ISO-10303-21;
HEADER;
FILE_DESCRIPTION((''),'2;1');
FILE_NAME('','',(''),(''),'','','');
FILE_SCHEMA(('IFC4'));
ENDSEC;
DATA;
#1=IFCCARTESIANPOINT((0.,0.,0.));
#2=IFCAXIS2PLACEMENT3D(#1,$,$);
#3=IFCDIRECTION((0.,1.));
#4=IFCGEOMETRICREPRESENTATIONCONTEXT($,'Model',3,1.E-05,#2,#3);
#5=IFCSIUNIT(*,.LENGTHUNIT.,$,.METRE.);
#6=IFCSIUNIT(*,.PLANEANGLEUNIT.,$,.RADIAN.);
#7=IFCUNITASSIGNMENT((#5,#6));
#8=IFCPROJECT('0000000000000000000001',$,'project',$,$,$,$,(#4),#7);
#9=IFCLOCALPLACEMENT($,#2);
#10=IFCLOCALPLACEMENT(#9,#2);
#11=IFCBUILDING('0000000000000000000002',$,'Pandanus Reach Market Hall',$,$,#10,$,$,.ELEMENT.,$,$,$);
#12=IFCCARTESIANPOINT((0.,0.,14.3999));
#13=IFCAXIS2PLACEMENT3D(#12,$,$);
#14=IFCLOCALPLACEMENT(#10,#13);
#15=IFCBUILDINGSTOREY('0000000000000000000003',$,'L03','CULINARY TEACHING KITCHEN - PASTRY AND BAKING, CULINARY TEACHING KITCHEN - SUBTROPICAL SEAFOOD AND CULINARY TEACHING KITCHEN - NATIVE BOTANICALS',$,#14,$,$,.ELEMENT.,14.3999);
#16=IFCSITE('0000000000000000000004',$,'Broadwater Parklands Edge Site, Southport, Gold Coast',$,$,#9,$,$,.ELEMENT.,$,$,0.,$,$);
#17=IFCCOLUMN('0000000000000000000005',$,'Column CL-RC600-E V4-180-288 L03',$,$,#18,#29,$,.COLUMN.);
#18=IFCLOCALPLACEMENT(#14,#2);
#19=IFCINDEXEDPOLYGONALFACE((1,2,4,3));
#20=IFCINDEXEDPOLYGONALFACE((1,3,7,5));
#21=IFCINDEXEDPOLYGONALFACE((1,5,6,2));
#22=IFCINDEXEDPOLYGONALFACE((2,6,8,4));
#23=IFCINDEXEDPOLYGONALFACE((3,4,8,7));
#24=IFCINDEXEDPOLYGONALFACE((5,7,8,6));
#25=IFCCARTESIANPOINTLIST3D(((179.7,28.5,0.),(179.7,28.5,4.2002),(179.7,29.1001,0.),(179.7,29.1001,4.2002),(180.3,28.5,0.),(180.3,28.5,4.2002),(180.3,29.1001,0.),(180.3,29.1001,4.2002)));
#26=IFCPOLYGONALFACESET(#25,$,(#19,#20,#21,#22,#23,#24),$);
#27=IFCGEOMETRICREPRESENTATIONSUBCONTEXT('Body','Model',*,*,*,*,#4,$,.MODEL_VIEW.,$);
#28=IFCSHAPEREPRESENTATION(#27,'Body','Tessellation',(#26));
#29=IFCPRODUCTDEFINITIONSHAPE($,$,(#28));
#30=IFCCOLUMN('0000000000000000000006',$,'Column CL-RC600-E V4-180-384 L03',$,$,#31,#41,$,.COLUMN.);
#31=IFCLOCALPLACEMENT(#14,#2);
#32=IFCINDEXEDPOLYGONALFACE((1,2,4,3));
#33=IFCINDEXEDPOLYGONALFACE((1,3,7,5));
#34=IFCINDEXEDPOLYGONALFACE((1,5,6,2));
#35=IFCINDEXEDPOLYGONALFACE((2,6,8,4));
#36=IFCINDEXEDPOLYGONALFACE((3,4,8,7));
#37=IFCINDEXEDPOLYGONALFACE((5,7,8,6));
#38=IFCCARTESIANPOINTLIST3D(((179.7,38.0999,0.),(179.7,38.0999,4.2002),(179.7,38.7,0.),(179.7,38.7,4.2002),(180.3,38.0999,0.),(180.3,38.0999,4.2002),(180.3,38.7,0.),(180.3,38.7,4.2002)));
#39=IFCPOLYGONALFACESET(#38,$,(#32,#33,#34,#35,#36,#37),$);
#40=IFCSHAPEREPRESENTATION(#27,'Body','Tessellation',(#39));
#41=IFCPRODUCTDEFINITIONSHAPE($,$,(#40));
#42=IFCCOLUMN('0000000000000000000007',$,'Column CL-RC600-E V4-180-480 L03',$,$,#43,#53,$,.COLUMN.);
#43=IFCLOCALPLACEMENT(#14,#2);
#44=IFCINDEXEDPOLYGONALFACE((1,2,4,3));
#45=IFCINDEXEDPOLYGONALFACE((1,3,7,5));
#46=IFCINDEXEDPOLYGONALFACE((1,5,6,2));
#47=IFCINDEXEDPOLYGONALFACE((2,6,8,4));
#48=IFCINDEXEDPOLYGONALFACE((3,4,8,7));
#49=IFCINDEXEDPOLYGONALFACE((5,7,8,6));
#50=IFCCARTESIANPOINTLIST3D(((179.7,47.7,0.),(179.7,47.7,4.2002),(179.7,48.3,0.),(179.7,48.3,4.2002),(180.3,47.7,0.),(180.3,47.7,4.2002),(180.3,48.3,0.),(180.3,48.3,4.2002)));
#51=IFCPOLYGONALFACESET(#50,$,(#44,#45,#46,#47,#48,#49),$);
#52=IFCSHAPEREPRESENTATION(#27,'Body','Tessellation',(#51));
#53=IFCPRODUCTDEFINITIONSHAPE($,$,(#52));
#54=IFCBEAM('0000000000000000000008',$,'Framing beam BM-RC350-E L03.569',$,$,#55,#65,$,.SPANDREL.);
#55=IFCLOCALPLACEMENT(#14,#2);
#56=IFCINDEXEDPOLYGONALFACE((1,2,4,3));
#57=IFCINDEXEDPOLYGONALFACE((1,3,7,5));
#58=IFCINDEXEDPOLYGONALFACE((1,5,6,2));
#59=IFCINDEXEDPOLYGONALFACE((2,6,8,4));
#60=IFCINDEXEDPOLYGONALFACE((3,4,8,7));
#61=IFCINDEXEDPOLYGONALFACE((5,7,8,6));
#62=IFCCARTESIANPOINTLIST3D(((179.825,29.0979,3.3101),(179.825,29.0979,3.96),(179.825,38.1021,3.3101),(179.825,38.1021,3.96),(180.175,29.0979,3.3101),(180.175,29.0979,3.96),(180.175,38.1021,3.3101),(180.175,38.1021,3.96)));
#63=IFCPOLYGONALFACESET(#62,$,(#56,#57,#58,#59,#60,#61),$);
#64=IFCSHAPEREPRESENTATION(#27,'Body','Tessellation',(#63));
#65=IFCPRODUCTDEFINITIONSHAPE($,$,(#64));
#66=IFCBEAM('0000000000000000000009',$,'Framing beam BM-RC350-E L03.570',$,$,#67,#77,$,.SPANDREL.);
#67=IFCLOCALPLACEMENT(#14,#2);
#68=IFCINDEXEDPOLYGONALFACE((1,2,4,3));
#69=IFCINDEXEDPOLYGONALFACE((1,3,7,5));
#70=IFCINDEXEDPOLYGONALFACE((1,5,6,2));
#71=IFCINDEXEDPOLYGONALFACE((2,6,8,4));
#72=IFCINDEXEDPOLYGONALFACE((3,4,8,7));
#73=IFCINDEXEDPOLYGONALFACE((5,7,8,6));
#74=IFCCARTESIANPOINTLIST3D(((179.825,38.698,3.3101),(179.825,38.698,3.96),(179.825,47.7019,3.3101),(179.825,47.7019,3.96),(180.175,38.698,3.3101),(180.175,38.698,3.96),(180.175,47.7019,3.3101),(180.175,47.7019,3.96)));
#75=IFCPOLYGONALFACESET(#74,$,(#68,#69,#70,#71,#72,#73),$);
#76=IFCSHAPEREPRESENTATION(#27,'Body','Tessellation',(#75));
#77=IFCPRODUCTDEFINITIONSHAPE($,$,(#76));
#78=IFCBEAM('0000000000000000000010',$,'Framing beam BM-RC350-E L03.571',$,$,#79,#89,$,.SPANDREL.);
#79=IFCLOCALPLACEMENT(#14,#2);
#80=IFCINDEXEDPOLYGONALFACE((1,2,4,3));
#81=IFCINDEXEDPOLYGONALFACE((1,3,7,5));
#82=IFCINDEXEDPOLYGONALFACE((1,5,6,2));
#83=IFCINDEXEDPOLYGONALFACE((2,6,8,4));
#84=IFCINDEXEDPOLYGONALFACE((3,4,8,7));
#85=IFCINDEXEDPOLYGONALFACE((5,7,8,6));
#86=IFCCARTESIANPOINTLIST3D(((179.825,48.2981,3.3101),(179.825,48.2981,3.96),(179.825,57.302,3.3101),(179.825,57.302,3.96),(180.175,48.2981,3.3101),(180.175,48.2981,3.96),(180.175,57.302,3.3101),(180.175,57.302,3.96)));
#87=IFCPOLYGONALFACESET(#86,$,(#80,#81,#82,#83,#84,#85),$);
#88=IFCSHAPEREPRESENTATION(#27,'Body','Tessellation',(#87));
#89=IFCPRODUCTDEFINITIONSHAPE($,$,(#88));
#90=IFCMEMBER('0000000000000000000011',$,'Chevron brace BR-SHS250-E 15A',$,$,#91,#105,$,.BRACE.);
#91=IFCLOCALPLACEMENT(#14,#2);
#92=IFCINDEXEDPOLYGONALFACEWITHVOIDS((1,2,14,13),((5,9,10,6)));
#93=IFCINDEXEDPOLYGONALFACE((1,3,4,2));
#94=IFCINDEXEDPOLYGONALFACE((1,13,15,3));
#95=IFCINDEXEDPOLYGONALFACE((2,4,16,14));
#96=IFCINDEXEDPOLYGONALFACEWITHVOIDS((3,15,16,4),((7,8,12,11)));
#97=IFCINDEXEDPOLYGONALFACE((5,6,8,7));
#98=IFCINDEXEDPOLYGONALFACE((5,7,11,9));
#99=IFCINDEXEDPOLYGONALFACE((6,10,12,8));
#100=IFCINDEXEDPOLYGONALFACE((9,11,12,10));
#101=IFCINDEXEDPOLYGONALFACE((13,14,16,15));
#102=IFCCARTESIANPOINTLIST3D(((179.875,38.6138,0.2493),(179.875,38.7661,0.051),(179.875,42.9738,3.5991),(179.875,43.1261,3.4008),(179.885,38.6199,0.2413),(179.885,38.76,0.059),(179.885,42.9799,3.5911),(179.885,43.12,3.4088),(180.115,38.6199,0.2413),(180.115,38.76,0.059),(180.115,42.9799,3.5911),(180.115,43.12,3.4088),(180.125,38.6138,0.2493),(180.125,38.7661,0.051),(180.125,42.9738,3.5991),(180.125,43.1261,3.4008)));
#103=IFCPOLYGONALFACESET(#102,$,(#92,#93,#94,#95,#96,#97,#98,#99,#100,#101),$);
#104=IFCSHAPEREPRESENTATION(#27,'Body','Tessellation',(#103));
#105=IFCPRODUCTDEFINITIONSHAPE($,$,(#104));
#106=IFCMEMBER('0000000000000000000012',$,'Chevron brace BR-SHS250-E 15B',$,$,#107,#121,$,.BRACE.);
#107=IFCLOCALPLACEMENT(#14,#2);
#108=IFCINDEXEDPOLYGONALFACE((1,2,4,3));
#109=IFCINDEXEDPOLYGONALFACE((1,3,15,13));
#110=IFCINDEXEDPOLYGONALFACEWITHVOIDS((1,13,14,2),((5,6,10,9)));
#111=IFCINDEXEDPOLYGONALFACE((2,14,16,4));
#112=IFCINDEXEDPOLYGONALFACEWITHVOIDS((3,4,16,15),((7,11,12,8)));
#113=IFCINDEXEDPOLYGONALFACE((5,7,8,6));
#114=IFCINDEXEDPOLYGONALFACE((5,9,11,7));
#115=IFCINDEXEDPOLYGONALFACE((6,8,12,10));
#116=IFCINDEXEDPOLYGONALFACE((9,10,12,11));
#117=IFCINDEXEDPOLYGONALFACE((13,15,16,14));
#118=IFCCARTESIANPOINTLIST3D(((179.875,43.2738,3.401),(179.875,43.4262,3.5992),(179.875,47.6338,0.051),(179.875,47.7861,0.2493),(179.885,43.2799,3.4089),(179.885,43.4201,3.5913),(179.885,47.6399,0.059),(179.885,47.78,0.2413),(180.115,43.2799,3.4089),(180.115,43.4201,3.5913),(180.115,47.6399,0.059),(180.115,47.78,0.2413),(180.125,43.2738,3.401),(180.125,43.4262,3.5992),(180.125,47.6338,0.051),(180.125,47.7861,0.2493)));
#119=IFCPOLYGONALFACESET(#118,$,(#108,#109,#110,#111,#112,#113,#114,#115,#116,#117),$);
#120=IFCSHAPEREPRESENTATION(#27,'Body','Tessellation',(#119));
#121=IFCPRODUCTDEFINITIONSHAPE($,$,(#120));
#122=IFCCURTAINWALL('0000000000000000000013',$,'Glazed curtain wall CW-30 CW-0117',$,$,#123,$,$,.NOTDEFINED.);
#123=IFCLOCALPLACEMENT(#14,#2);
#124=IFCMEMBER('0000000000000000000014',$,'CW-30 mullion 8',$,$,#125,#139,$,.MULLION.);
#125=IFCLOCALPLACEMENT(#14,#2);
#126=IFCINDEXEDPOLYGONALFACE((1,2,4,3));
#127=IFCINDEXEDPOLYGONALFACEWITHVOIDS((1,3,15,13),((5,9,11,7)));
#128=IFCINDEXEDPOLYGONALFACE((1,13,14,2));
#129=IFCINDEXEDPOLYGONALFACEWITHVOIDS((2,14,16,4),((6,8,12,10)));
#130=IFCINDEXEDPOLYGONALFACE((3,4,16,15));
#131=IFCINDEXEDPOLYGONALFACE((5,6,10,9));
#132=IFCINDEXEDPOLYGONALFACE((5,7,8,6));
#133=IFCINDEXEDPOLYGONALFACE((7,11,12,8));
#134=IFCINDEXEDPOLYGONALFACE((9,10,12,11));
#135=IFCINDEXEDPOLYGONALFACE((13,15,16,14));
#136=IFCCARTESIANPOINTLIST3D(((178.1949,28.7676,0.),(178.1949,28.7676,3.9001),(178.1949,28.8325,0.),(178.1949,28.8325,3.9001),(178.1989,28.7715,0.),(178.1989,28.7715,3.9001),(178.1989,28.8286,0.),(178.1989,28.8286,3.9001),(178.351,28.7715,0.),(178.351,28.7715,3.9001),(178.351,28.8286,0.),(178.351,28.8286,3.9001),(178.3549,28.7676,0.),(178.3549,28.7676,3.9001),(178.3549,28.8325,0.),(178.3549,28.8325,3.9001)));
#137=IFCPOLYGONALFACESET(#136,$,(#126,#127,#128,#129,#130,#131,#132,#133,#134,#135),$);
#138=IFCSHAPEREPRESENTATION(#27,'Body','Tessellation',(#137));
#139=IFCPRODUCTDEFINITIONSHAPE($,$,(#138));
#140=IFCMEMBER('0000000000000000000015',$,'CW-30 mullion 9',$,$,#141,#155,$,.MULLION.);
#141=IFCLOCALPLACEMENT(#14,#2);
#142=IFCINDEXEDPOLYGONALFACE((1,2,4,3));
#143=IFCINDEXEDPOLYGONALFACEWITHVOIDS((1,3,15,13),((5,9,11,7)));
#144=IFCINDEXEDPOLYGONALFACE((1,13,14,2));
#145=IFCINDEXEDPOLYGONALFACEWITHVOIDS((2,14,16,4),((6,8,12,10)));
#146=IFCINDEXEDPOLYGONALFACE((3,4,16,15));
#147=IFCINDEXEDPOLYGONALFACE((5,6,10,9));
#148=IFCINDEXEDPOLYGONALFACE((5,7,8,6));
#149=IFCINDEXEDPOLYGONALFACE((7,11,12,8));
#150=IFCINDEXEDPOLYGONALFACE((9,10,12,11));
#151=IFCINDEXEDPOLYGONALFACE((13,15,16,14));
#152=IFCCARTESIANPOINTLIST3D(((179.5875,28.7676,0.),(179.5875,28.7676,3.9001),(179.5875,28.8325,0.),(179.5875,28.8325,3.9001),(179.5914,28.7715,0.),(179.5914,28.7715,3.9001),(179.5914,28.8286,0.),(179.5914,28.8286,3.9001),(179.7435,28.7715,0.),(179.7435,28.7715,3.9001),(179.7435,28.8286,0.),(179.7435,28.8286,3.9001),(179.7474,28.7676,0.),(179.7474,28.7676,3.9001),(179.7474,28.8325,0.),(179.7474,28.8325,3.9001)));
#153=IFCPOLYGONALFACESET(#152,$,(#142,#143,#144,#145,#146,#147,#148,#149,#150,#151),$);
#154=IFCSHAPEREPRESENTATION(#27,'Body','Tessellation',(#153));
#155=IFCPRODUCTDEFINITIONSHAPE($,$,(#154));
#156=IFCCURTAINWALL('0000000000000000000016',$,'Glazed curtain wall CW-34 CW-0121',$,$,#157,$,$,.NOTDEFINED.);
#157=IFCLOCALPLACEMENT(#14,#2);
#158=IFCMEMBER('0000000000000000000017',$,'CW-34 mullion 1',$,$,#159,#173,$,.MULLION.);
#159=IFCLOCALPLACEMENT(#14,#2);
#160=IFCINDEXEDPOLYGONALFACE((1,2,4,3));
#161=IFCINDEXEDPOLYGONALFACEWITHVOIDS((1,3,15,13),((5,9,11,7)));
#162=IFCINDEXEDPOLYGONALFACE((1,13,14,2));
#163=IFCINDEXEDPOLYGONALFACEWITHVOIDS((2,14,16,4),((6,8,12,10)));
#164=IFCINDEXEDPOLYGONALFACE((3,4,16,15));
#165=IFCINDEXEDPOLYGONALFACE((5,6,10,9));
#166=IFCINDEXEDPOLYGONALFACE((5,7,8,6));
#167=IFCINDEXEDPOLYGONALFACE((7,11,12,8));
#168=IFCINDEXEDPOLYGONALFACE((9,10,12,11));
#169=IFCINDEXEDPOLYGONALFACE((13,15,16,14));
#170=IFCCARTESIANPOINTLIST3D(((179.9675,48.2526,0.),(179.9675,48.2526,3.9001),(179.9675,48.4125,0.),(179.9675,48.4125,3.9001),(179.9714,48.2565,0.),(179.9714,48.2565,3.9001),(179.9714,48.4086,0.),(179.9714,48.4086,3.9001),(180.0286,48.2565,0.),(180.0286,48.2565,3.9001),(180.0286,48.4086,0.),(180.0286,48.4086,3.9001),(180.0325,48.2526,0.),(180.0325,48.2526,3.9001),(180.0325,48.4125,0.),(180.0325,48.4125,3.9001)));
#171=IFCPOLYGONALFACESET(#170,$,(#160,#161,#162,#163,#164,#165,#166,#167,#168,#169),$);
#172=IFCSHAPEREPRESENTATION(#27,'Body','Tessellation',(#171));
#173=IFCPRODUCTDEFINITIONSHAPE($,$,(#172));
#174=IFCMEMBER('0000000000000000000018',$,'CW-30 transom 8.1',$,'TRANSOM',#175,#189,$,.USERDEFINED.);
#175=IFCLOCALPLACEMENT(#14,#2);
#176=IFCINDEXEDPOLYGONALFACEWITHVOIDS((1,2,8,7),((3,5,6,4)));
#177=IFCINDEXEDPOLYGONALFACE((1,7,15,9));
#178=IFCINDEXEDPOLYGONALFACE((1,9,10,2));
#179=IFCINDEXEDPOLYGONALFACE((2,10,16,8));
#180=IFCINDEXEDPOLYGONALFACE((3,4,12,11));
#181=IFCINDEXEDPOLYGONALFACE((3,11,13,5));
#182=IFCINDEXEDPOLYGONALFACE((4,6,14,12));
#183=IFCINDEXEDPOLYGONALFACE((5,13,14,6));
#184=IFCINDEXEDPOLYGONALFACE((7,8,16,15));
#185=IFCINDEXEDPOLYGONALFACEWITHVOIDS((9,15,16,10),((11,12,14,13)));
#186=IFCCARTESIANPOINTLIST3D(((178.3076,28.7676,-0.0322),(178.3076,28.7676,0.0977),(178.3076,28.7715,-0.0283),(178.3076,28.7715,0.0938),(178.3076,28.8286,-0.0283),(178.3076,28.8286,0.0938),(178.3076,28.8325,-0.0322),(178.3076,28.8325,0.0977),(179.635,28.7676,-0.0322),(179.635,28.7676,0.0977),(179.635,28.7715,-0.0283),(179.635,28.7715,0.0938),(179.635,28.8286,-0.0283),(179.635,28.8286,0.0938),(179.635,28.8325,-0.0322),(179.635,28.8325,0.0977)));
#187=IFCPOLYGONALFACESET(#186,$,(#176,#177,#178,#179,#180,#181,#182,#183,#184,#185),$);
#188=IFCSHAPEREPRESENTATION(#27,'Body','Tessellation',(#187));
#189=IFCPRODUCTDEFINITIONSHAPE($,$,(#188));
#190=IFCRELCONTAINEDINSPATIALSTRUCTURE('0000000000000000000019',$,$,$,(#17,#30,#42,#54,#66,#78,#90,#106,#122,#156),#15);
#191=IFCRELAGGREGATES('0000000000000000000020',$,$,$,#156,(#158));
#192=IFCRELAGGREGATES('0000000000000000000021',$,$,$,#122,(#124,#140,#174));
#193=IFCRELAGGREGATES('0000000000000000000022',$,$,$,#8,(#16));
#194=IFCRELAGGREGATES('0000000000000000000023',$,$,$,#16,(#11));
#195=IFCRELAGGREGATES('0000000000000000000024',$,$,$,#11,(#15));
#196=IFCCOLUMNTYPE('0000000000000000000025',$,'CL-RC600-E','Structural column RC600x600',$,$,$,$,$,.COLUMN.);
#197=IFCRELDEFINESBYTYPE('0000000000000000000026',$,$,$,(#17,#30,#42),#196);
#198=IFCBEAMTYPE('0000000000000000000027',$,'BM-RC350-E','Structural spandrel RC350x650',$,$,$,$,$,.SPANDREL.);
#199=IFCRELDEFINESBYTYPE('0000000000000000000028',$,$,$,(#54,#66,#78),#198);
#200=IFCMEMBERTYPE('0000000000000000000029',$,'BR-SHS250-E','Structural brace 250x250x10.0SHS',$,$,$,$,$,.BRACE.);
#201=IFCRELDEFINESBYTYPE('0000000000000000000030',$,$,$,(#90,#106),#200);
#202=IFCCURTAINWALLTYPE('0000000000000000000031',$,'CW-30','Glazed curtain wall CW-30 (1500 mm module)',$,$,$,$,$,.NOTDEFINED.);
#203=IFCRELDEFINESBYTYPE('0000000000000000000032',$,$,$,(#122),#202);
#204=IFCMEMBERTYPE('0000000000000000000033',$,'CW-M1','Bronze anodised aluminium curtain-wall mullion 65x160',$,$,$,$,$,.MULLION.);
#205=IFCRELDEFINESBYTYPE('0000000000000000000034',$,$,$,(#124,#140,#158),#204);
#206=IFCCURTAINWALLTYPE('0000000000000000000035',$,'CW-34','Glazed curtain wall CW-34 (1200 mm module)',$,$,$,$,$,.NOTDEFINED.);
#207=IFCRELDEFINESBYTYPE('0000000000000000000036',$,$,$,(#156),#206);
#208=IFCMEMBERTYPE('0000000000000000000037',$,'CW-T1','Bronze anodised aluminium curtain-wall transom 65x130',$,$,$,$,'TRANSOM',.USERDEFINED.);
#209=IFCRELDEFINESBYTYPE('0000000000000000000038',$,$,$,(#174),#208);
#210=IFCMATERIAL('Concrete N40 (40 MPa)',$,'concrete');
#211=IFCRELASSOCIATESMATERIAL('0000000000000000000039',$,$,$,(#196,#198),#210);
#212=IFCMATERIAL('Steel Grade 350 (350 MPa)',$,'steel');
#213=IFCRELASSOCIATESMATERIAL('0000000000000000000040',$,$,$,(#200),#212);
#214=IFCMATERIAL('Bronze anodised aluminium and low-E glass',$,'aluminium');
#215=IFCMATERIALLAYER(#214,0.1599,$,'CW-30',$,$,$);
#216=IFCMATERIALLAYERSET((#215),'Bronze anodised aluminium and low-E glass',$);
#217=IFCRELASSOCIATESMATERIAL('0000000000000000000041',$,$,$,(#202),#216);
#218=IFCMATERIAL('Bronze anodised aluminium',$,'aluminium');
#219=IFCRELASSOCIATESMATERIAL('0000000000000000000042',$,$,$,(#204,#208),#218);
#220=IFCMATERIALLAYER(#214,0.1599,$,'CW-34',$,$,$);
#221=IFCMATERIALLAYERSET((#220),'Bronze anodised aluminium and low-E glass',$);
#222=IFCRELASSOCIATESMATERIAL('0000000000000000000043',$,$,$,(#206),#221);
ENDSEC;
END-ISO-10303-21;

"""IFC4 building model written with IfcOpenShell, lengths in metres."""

from ifc_helpers import new_model, si_unit, direction, frame, origin, origin_2d, place, context, subcontext, project, spatial, rectangle, hollow_rectangle, extrude, material, layer, layer_set, material_profile, profile_set, type_object, element, aggregate, save


model = new_model("IFC4")

# Units and contexts
model_context = context("Model", 3, precision=1e-05, world=origin(), true_north=direction((0.0, 1.0)))
body_context = subcontext(model_context, "Body", "Model", "MODEL_VIEW")
ifc_project = project(units=[si_unit("LENGTHUNIT", "METRE"), si_unit("PLANEANGLEUNIT", "RADIAN")], contexts=[model_context])

# Site, building, storey
site_placement = place(None, origin())
site = spatial("IfcSite", under=ifc_project, at=site_placement, Name="Broadwater Parklands Edge Site, Southport, Gold Coast", CompositionType="ELEMENT", RefElevation=0.0)
building_placement = place(site_placement, origin())
building = spatial("IfcBuilding", under=site, at=building_placement, Name="Pandanus Reach Market Hall", CompositionType="ELEMENT")
storey_placement = place(building_placement, frame((0.0, 0.0, 14.3999)))
storey = spatial("IfcBuildingStorey", under=building, at=storey_placement, Name="L03", Description="CULINARY TEACHING KITCHEN - PASTRY AND BAKING, CULINARY TEACHING KITCHEN - SUBTROPICAL SEAFOOD AND CULINARY TEACHING KITCHEN - NATIVE BOTANICALS", CompositionType="ELEMENT", Elevation=14.3999)

# Columns
ifc_material_1 = material(Name="Concrete N40 (40 MPa)", Category="concrete")
ifc_material_profile_1 = material_profile(ifc_material_1, rectangle(XDim=0.6001, YDim=0.6001, at=origin_2d()), Name="RC600x600", Category="LoadBearing")
ifc_profile_set_1 = profile_set([ifc_material_profile_1], Name="Concrete N40 (40 MPa)")
column_type = type_object("IfcColumnType", Name="CL-RC600-E", Description="Structural column RC600x600", PredefinedType="COLUMN", material=ifc_profile_set_1)
for number, where, z_axis, x_axis, name in (
    (1, (180.0, 28.8, 0.0), (0.0, 0.0, 1.0), (1.0, 0.0, 0.0), "Column CL-RC600-E V4-180-288 L03"),
    (2, (180.0, 38.3999, 0.0), (0.0, 0.0, 1.0), (1.0, 0.0, 0.0), "Column CL-RC600-E V4-180-384 L03"),
    (3, (180.0, 48.0, 0.0), (0.0, 0.0, 1.0), (1.0, 0.0, 0.0), "Column CL-RC600-E V4-180-480 L03"),
):
    element("IfcColumn", number, at=place(storey_placement, frame(where, z_axis=z_axis, x_axis=x_axis)), inside=storey, type_object=column_type, Name=name, PredefinedType="COLUMN", context=body_context, shape_type="SweptSolid", body=[
        extrude(rectangle(XDim=0.6001, YDim=0.6001, at=origin_2d()), origin(), (0.0, 0.0, 1.0), 4.2002),
    ])

# Beams
ifc_material_profile_2 = material_profile(ifc_material_1, rectangle(XDim=0.3501, YDim=0.6499, at=origin_2d()), Name="RC350x650", Category="LoadBearing")
ifc_profile_set_2 = profile_set([ifc_material_profile_2], Name="Concrete N40 (40 MPa)")
beam_type = type_object("IfcBeamType", Name="BM-RC350-E", Description="Structural spandrel RC350x650", PredefinedType="SPANDREL", material=ifc_profile_set_2)
beam_placement = place(storey_placement, frame((180.0, 29.0979, 3.635), z_axis=(0.0, 1.0, 0.0), x_axis=(-1.0, 0.0, 0.0)))
element("IfcBeam", 4, at=beam_placement, inside=storey, type_object=beam_type, Name="Framing beam BM-RC350-E L03.569", PredefinedType="SPANDREL", context=body_context, shape_type="SweptSolid", body=[
    extrude(rectangle(XDim=0.3501, YDim=0.6499, at=origin_2d()), origin(), (0.0, 0.0, 1.0), 9.0042),
])
for number, where, z_axis, x_axis, name in (
    (5, (180.0, 38.698, 3.635), (0.0, 1.0, 0.0), (-1.0, 0.0, 0.0), "Framing beam BM-RC350-E L03.570"),
    (6, (180.0, 48.2981, 3.635), (0.0, 1.0, 0.0), (-1.0, 0.0, 0.0), "Framing beam BM-RC350-E L03.571"),
):
    element("IfcBeam", number, at=place(storey_placement, frame(where, z_axis=z_axis, x_axis=x_axis)), inside=storey, type_object=beam_type, Name=name, PredefinedType="SPANDREL", context=body_context, shape_type="SweptSolid", body=[
        extrude(rectangle(XDim=0.3501, YDim=0.6499, at=origin_2d()), origin(), (0.0, 0.0, 1.0), 9.0039),
    ])

# Members
ifc_material_2 = material(Name="Steel Grade 350 (350 MPa)", Category="steel")
ifc_material_profile_3 = material_profile(ifc_material_2, hollow_rectangle(XDim=0.25, YDim=0.25, WallThickness=0.01, at=origin_2d()), Name="250x250x10.0SHS", Category="LoadBearing")
ifc_profile_set_3 = profile_set([ifc_material_profile_3], Name="Steel Grade 350 (350 MPa)")
member_type_1 = type_object("IfcMemberType", Name="BR-SHS250-E", Description="Structural brace 250x250x10.0SHS", PredefinedType="BRACE", material=ifc_profile_set_3)
for number, where, z_axis, x_axis, name in (
    (7, (180.0, 38.6899, 0.1501), (0.0, 0.792982, 0.609245), (-1.0, 0.0, 0.0), "Chevron brace BR-SHS250-E 15A"),
    (8, (180.0, 47.71, 0.1501), (0.0, -0.792966, 0.609266), (1.0, 0.0, 0.0), "Chevron brace BR-SHS250-E 15B"),
):
    element("IfcMember", number, at=place(storey_placement, frame(where, z_axis=z_axis, x_axis=x_axis)), inside=storey, type_object=member_type_1, Name=name, PredefinedType="BRACE", context=body_context, shape_type="SweptSolid", body=[
        extrude(hollow_rectangle(XDim=0.25, YDim=0.25, WallThickness=0.01, at=origin_2d()), origin(), (0.0, 0.0, 1.0), 5.4983),
    ])

# Curtain wall, members
ifc_material_3 = material(Name="Bronze anodised aluminium and low-E glass", Category="aluminium")
ifc_layer_1 = layer(ifc_material_3, 0.1599, Name="CW-30")
ifc_layer_set_1 = layer_set([ifc_layer_1], Name="Bronze anodised aluminium and low-E glass")
curtain_wall_type_1 = type_object("IfcCurtainWallType", Name="CW-30", Description="Glazed curtain wall CW-30 (1500 mm module)", PredefinedType="NOTDEFINED", material=ifc_layer_set_1)
curtain_wall_1_placement = place(storey_placement, origin())
curtain_wall_1 = element("IfcCurtainWall", 9, at=curtain_wall_1_placement, inside=storey, type_object=curtain_wall_type_1, Name="Glazed curtain wall CW-30 CW-0117", PredefinedType="NOTDEFINED")
ifc_material_4 = material(Name="Bronze anodised aluminium", Category="aluminium")
ifc_material_profile_4 = material_profile(ifc_material_4, hollow_rectangle(XDim=0.0649, YDim=0.1599, WallThickness=0.0039, at=origin_2d()), Name="ALU65x160", Category="LoadBearing")
ifc_profile_set_4 = profile_set([ifc_material_profile_4], Name="Bronze anodised aluminium")
member_type_2 = type_object("IfcMemberType", Name="CW-M1", Description="Bronze anodised aluminium curtain-wall mullion 65x160", PredefinedType="MULLION", material=ifc_profile_set_4)
member_1_placement = place(storey_placement, frame((178.2749, 28.8, 0.0), z_axis=(0.0, 0.0, 1.0), x_axis=(0.0, 1.0, 0.0)))
member_1 = element("IfcMember", 10, at=member_1_placement, type_object=member_type_2, Name="CW-30 mullion 8", PredefinedType="MULLION", context=body_context, shape_type="SweptSolid", body=[
    extrude(hollow_rectangle(XDim=0.0649, YDim=0.1599, WallThickness=0.0039, at=origin_2d()), origin(), (0.0, 0.0, 1.0), 3.9001),
])
member_2_placement = place(storey_placement, frame((179.6675, 28.8, 0.0), z_axis=(0.0, 0.0, 1.0), x_axis=(0.0, 1.0, 0.0)))
member_2 = element("IfcMember", 11, at=member_2_placement, type_object=member_type_2, Name="CW-30 mullion 9", PredefinedType="MULLION", context=body_context, shape_type="SweptSolid", body=[
    extrude(hollow_rectangle(XDim=0.0649, YDim=0.1599, WallThickness=0.0039, at=origin_2d()), origin(), (0.0, 0.0, 1.0), 3.9001),
])

# Curtain wall, member
ifc_layer_2 = layer(ifc_material_3, 0.1599, Name="CW-34")
ifc_layer_set_2 = layer_set([ifc_layer_2], Name="Bronze anodised aluminium and low-E glass")
curtain_wall_type_2 = type_object("IfcCurtainWallType", Name="CW-34", Description="Glazed curtain wall CW-34 (1200 mm module)", PredefinedType="NOTDEFINED", material=ifc_layer_set_2)
curtain_wall_2_placement = place(storey_placement, origin())
curtain_wall_2 = element("IfcCurtainWall", 12, at=curtain_wall_2_placement, inside=storey, type_object=curtain_wall_type_2, Name="Glazed curtain wall CW-34 CW-0121", PredefinedType="NOTDEFINED")
member_3_placement = place(storey_placement, frame((180.0, 48.3325, 0.0), z_axis=(0.0, 0.0, 1.0), x_axis=(-1.0, 0.0, 0.0)))
member_3 = element("IfcMember", 13, at=member_3_placement, type_object=member_type_2, Name="CW-34 mullion 1", PredefinedType="MULLION", context=body_context, shape_type="SweptSolid", body=[
    extrude(hollow_rectangle(XDim=0.0649, YDim=0.1599, WallThickness=0.0039, at=origin_2d()), origin(), (0.0, 0.0, 1.0), 3.9001),
])

# Member
ifc_material_profile_5 = material_profile(ifc_material_4, hollow_rectangle(XDim=0.0649, YDim=0.1299, WallThickness=0.0039, at=origin_2d()), Name="ALU65x130", Category="LoadBearing")
ifc_profile_set_5 = profile_set([ifc_material_profile_5], Name="Bronze anodised aluminium")
member_type_3 = type_object("IfcMemberType", Name="CW-T1", Description="Bronze anodised aluminium curtain-wall transom 65x130", ElementType="TRANSOM", PredefinedType="USERDEFINED", material=ifc_profile_set_5)
member_4_placement = place(storey_placement, frame((178.3076, 28.8, 0.0327), z_axis=(1.0, 0.0, 0.0), x_axis=(0.0, 1.0, 0.0)))
member_4 = element("IfcMember", 14, at=member_4_placement, type_object=member_type_3, Name="CW-30 transom 8.1", ObjectType="TRANSOM", PredefinedType="USERDEFINED", context=body_context, shape_type="SweptSolid", body=[
    extrude(hollow_rectangle(XDim=0.0649, YDim=0.1299, WallThickness=0.0039, at=origin_2d()), origin(), (0.0, 0.0, 1.0), 1.3274),
])
aggregate(curtain_wall_2, [member_3])

aggregate(curtain_wall_1, [member_1, member_2, member_4])

save(model, "model.ifc")
